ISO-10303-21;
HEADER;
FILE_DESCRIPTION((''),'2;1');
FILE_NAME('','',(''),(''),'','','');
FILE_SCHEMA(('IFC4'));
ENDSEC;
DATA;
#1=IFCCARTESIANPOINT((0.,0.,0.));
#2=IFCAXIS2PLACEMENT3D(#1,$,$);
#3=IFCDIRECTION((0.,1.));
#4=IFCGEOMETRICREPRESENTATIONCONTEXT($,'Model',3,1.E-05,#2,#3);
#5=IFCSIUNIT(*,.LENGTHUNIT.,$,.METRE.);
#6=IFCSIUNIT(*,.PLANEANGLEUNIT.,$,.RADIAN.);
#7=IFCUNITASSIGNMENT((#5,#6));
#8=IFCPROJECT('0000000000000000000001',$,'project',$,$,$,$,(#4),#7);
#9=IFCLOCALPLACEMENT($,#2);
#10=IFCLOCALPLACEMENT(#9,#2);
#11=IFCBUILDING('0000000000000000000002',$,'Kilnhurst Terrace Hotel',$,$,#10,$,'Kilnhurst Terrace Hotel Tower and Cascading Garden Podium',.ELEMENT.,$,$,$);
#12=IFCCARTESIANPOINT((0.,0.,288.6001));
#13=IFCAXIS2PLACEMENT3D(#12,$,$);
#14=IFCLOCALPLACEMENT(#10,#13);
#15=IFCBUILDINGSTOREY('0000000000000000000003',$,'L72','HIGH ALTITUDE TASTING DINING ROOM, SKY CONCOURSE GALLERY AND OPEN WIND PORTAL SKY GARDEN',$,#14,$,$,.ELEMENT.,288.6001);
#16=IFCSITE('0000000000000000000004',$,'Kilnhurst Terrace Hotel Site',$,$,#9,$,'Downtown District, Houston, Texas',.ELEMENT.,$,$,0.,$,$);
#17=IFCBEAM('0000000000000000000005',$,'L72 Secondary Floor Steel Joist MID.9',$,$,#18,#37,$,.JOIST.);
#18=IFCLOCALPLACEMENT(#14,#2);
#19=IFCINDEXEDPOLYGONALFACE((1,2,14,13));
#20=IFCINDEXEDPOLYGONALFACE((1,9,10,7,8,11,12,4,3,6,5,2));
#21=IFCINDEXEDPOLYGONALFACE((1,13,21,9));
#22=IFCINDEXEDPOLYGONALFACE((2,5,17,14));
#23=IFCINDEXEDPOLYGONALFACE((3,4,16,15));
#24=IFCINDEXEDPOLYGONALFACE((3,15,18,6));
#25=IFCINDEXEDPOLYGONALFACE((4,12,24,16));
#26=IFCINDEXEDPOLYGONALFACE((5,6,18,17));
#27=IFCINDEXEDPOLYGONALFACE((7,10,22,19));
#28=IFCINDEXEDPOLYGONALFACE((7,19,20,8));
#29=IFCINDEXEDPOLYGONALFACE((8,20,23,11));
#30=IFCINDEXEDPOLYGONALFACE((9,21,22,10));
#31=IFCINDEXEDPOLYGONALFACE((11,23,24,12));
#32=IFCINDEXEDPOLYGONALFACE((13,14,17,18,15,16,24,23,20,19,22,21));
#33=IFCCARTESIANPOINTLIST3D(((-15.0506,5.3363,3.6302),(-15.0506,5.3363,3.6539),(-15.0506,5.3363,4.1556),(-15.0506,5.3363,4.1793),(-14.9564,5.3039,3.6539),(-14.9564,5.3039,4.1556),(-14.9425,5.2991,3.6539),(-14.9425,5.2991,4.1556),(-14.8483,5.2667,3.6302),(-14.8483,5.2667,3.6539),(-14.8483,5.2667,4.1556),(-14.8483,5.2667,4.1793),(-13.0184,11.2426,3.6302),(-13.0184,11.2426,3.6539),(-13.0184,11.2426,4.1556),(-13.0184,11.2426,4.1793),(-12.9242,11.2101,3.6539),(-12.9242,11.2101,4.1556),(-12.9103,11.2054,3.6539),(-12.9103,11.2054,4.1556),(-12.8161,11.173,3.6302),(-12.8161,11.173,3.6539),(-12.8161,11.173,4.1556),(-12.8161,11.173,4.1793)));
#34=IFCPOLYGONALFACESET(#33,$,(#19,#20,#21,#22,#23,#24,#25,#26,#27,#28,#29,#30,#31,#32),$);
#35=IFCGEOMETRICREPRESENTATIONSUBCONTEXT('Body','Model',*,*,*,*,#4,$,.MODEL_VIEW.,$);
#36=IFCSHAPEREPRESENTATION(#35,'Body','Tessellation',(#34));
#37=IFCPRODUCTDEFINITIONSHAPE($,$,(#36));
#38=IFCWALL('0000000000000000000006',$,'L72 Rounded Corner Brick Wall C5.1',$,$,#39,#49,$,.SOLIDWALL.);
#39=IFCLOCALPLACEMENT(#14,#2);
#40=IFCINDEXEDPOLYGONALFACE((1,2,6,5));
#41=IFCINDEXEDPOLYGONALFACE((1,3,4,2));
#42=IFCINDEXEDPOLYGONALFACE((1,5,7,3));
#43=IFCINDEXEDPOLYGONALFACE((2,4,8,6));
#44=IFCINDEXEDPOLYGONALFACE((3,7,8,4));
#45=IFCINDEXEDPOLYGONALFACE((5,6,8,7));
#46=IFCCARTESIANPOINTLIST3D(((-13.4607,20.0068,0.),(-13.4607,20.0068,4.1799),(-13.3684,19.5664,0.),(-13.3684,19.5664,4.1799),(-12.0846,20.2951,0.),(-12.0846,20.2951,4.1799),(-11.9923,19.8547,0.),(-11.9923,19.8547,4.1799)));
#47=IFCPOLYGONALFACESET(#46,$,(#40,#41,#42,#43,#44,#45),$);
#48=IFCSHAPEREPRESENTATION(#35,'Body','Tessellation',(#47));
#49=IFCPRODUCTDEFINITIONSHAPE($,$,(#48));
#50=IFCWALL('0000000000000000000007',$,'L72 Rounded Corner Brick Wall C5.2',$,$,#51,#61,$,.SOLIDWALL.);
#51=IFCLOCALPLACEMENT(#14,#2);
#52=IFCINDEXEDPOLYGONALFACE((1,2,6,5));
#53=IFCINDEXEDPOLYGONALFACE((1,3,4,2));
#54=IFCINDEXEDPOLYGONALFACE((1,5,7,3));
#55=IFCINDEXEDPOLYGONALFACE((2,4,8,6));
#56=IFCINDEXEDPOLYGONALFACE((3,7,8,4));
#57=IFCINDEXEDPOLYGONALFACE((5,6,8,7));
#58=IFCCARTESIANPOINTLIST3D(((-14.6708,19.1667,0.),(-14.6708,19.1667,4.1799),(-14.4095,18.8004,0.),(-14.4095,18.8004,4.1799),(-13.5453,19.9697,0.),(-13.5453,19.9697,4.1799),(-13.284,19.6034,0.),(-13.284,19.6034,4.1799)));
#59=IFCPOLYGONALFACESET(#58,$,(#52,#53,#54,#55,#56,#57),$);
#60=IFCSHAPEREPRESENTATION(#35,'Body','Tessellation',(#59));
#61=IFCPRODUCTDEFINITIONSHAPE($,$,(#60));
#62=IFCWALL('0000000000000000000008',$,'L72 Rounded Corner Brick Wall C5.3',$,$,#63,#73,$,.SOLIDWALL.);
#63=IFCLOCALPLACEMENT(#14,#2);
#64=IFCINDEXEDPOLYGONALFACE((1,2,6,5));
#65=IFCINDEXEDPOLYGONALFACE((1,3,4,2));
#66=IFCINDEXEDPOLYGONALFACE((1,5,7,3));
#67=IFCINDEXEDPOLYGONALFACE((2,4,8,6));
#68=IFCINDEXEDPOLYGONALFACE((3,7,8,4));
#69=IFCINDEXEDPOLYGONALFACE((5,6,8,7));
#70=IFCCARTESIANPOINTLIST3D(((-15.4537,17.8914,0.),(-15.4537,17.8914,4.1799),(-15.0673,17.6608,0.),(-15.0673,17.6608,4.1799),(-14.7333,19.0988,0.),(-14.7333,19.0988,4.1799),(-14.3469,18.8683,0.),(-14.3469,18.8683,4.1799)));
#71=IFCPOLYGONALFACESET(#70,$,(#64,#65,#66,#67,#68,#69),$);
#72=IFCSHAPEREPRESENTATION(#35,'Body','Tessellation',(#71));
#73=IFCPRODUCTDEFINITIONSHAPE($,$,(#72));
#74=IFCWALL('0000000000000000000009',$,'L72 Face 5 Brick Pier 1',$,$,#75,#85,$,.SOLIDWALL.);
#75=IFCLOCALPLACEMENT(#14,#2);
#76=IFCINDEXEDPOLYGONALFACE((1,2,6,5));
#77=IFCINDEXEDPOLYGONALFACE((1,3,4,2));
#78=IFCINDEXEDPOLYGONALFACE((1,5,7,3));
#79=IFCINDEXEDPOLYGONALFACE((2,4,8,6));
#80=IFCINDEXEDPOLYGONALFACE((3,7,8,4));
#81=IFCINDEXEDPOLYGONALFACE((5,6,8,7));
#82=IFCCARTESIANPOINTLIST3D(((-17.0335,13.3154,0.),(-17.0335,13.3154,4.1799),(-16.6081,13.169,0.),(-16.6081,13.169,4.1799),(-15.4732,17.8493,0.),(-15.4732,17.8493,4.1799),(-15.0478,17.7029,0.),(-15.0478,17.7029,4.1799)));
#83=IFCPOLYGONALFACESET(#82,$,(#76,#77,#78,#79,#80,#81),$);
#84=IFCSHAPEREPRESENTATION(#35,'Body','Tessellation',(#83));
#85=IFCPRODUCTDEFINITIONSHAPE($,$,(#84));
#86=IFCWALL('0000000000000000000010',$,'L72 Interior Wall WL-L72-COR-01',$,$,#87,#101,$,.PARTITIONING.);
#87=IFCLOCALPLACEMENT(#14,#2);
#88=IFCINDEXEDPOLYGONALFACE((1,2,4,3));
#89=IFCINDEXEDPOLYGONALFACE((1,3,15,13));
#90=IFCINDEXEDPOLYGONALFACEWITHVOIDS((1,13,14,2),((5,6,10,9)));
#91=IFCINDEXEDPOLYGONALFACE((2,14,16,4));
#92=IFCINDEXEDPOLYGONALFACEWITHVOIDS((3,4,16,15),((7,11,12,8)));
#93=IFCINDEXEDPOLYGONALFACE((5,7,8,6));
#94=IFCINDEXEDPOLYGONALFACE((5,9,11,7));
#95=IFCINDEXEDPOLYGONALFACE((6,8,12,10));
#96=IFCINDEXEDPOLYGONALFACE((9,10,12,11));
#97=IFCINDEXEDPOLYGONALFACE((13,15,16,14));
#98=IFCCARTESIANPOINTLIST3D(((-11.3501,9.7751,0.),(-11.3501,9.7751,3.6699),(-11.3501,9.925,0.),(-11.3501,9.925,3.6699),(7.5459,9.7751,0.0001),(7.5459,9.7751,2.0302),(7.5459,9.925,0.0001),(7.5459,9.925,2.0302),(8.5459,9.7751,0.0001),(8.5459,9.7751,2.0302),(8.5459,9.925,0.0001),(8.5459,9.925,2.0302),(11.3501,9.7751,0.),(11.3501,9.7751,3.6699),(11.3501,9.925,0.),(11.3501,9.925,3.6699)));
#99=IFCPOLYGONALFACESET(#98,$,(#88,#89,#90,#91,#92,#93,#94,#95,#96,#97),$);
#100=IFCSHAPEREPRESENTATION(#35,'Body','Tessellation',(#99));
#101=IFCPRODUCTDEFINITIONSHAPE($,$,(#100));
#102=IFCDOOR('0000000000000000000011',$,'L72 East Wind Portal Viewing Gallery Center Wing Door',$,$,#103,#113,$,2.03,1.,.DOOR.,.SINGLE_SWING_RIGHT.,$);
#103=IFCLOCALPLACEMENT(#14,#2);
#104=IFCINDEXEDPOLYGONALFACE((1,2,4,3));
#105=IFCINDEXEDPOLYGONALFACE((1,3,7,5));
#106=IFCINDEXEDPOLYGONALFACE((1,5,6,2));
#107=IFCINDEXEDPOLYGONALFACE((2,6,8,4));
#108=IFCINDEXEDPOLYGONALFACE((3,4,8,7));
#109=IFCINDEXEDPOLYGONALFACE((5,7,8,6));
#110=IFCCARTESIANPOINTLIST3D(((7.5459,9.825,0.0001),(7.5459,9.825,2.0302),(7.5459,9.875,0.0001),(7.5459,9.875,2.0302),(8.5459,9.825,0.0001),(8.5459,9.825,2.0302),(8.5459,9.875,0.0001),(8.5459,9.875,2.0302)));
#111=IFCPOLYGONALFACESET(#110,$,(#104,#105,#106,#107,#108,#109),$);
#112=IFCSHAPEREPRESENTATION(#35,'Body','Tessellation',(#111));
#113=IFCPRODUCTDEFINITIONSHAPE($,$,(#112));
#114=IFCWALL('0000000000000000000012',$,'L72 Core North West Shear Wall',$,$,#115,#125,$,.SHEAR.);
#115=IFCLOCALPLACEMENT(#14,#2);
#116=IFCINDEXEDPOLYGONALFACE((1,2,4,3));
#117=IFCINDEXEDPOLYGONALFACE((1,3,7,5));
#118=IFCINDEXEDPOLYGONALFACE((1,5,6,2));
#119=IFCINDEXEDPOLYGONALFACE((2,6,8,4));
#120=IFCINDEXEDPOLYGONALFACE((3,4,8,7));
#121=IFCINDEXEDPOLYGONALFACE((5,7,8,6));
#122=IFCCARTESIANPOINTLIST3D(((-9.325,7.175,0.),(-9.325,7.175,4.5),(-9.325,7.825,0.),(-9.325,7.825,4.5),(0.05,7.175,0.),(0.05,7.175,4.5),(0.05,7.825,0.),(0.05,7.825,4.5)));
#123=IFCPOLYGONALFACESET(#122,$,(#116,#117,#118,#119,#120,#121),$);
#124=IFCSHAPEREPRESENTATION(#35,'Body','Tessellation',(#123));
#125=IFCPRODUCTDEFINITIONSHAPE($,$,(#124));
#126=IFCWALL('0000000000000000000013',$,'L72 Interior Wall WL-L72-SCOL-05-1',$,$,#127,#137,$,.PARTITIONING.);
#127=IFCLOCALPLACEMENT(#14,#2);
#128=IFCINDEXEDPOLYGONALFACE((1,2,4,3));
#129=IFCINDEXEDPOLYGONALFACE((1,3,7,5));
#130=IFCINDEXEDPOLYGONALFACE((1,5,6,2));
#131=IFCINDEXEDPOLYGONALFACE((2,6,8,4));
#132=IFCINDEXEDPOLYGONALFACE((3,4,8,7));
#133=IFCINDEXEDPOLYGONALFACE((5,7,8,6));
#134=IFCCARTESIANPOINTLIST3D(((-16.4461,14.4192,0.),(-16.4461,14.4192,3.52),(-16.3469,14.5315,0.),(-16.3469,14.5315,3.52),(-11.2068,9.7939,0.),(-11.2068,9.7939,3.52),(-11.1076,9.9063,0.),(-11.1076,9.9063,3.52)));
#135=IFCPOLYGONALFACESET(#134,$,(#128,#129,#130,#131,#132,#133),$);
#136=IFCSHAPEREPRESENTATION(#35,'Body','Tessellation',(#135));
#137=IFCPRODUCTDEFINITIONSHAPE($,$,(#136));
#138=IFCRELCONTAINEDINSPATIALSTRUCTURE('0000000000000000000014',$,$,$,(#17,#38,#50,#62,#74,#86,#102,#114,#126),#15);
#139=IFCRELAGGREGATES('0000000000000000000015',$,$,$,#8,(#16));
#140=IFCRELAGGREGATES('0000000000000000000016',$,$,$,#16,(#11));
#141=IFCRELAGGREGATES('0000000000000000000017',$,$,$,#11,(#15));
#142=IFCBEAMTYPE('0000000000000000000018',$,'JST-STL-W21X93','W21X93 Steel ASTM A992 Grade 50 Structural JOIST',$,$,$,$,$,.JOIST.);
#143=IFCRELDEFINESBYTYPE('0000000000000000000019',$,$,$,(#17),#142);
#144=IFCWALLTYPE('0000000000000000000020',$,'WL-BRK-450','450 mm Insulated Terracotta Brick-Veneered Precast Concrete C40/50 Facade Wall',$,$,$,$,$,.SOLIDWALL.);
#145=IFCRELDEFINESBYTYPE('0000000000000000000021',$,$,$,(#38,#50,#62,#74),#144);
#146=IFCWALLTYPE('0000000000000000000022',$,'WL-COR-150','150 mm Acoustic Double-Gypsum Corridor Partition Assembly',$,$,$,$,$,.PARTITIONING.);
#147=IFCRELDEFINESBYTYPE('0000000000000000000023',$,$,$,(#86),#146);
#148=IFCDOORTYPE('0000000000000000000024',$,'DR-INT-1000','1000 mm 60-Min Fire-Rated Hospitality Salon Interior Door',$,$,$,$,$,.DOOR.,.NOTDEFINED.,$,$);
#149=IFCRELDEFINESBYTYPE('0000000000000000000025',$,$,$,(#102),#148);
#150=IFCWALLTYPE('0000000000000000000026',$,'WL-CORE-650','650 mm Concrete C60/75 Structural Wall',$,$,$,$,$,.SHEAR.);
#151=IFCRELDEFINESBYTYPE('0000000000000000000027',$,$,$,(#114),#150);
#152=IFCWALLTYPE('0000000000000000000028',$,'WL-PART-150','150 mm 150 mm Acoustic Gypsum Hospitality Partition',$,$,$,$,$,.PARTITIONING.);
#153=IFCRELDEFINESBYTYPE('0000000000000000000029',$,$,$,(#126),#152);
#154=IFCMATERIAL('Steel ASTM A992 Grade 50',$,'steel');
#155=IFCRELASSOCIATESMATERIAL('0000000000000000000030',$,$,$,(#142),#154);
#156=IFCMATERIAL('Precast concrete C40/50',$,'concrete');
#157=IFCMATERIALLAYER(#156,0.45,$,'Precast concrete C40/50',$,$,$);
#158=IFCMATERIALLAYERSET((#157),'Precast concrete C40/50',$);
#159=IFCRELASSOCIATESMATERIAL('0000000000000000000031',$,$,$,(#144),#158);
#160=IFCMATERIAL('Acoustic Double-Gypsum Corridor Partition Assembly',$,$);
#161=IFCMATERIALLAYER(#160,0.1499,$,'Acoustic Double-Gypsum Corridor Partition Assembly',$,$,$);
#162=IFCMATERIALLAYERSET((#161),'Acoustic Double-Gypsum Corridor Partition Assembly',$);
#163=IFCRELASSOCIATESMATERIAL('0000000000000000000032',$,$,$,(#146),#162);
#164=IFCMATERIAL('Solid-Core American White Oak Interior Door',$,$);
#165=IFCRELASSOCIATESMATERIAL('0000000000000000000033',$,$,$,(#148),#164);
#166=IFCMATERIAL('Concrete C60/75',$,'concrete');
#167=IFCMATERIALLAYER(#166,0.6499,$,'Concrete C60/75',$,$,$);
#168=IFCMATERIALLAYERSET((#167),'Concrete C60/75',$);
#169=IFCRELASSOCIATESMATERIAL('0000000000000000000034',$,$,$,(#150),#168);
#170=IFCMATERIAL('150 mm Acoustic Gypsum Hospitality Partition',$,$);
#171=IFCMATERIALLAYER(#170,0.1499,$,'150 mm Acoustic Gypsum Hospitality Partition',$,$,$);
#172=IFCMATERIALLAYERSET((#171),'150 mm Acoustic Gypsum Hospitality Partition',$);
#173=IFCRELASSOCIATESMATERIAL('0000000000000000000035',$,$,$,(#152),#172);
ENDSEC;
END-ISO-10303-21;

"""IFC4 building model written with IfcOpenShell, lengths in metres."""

from ifc_helpers import new_model, si_unit, direction, frame, frame_2d, origin, origin_2d, place, context, subcontext, project, spatial, rectangle, i_section, extrude, material, layer, layer_set, material_profile, profile_set, type_object, element, fill, save


model = new_model("IFC4")

# Units and contexts
model_context = context("Model", 3, precision=1e-05, world=origin(), true_north=direction((0.0, 1.0)))
body_context = subcontext(model_context, "Body", "Model", "MODEL_VIEW")
ifc_project = project(units=[si_unit("LENGTHUNIT", "METRE"), si_unit("PLANEANGLEUNIT", "RADIAN")], contexts=[model_context])

# Site, building, storey
site_placement = place(None, origin())
site = spatial("IfcSite", under=ifc_project, at=site_placement, Name="Kilnhurst Terrace Hotel Site", LongName="Downtown District, Houston, Texas", CompositionType="ELEMENT", RefElevation=0.0)
building_placement = place(site_placement, origin())
building = spatial("IfcBuilding", under=site, at=building_placement, Name="Kilnhurst Terrace Hotel", LongName="Kilnhurst Terrace Hotel Tower and Cascading Garden Podium", CompositionType="ELEMENT")
storey_placement = place(building_placement, frame((0.0, 0.0, 288.6001)))
storey = spatial("IfcBuildingStorey", under=building, at=storey_placement, Name="L72", Description="HIGH ALTITUDE TASTING DINING ROOM, SKY CONCOURSE GALLERY AND OPEN WIND PORTAL SKY GARDEN", CompositionType="ELEMENT", Elevation=288.6001)

# Shared definitions
ifc_material_1 = material(Name="Concrete C60/75", Category="concrete")

# Beam
ifc_material_2 = material(Name="Steel ASTM A992 Grade 50", Category="steel")
ifc_material_profile_1 = material_profile(ifc_material_2, i_section(OverallWidth=0.2139, OverallDepth=0.5491, WebThickness=0.0146, FlangeThickness=0.0237, at=origin_2d()), Name="W21X93")
ifc_profile_set_1 = profile_set([ifc_material_profile_1], Name="Steel ASTM A992 Grade 50")
beam_type_1 = type_object("IfcBeamType", Name="JST-STL-W21X93", Description="W21X93 Steel ASTM A992 Grade 50 Structural JOIST", PredefinedType="JOIST", material=ifc_profile_set_1)
beam_1_placement = place(storey_placement, frame((-12.9172, 11.2078, 3.9048), z_axis=(-0.325359, -0.94559, 0.0), x_axis=(0.94559, -0.325359, 0.0)))
element("IfcBeam", 1, at=beam_1_placement, inside=storey, type_object=beam_type_1, Name="L72 Secondary Floor Steel Joist MID.9", PredefinedType="JOIST", context=body_context, shape_type="SweptSolid", body=[
    extrude(i_section(OverallWidth=0.2139, OverallDepth=0.5491, WebThickness=0.0146, FlangeThickness=0.0237, at=origin_2d()), origin(), (0.0, 0.0, 1.0), 6.2461),
])

# Walls
ifc_material_3 = material(Name="Precast concrete C40/50", Category="concrete")
ifc_layer_1 = layer(ifc_material_3, 0.45, Name="Precast concrete C40/50")
ifc_layer_set_1 = layer_set([ifc_layer_1], Name="Precast concrete C40/50")
wall_type_1 = type_object("IfcWallType", Name="WL-BRK-450", Description="450 mm Insulated Terracotta Brick-Veneered Precast Concrete C40/50 Facade Wall", PredefinedType="SOLIDWALL", material=ifc_layer_set_1)
wall_1_placement = place(storey_placement, frame((-12.0383, 20.075, 0.0), z_axis=(0.0, 0.0, 1.0), x_axis=(-0.97875, -0.205057, 0.0)))
element("IfcWall", 2, at=wall_1_placement, inside=storey, type_object=wall_type_1, Name="L72 Rounded Corner Brick Wall C5.1", PredefinedType="SOLIDWALL", context=body_context, shape_type="SweptSolid", body=[
    extrude(rectangle(XDim=1.406, YDim=0.45, at=frame_2d((0.7031, 0.0))), origin(), (0.0, 0.0, 1.0), 4.1799),
])
wall_2_placement = place(storey_placement, frame((-13.4146, 19.7866, 0.0), z_axis=(0.0, 0.0, 1.0), x_axis=(-0.814055, -0.580787, 0.0)))
element("IfcWall", 3, at=wall_2_placement, inside=storey, type_object=wall_type_1, Name="L72 Rounded Corner Brick Wall C5.2", PredefinedType="SOLIDWALL", context=body_context, shape_type="SweptSolid", body=[
    extrude(rectangle(XDim=1.3826, YDim=0.45, at=frame_2d((0.6914, 0.0))), origin(), (0.0, 0.0, 1.0), 4.1799),
])
wall_3_placement = place(storey_placement, frame((-14.54, 18.9836, 0.0), z_axis=(0.0, 0.0, 1.0), x_axis=(-0.512375, -0.858762, 0.0)))
element("IfcWall", 4, at=wall_3_placement, inside=storey, type_object=wall_type_1, Name="L72 Rounded Corner Brick Wall C5.3", PredefinedType="SOLIDWALL", context=body_context, shape_type="SweptSolid", body=[
    extrude(rectangle(XDim=1.406, YDim=0.45, at=frame_2d((0.7031, 0.0))), origin(), (0.0, 0.0, 1.0), 4.1799),
])
wall_4_placement = place(storey_placement, frame((-15.2605, 17.7761, 0.0), z_axis=(0.0, 0.0, 1.0), x_axis=(-0.325408, -0.945574, 0.0)))
element("IfcWall", 5, at=wall_4_placement, inside=storey, type_object=wall_type_1, Name="L72 Face 5 Brick Pier 1", PredefinedType="SOLIDWALL", context=body_context, shape_type="SweptSolid", body=[
    extrude(rectangle(XDim=4.7949, YDim=0.45, at=frame_2d((2.3975, 0.0))), origin(), (0.0, 0.0, 1.0), 4.1799),
])

# Wall, opening, door
ifc_material_4 = material(Name="Acoustic Double-Gypsum Corridor Partition Assembly")
ifc_layer_2 = layer(ifc_material_4, 0.1499, Name="Acoustic Double-Gypsum Corridor Partition Assembly")
ifc_layer_set_2 = layer_set([ifc_layer_2], Name="Acoustic Double-Gypsum Corridor Partition Assembly")
wall_type_2 = type_object("IfcWallType", Name="WL-COR-150", Description="150 mm Acoustic Double-Gypsum Corridor Partition Assembly", PredefinedType="PARTITIONING", material=ifc_layer_set_2)
wall_5_placement = place(storey_placement, frame((-11.3501, 9.8501, 0.0), z_axis=(0.0, 0.0, 1.0), x_axis=(1.0, 0.0, 0.0)))
wall_5 = element("IfcWall", 6, at=wall_5_placement, inside=storey, type_object=wall_type_2, Name="L72 Interior Wall WL-L72-COR-01", PredefinedType="PARTITIONING", context=body_context, shape_type="SweptSolid", body=[
    extrude(rectangle(XDim=22.7002, YDim=0.1499, at=frame_2d((11.3501, 0.0))), origin(), (0.0, 0.0, 1.0), 3.6699),
])
opening_placement = place(wall_5_placement, frame((18.896, 0.0, 0.0)))
opening = element("IfcOpeningElement", 7, at=opening_placement, cuts=wall_5, PredefinedType="OPENING", context=body_context, shape_type="SweptSolid", body=[
    extrude(rectangle(XDim=1.0, YDim=2.03, at=frame_2d((0.5, 1.0151))), frame((0.0, 0.085, 0.0), z_axis=(0.0, -1.0, 0.0), x_axis=(1.0, 0.0, 0.0)), (0.0, 0.0, 1.0), 0.1699),
])
ifc_material_5 = material(Name="Solid-Core American White Oak Interior Door")
door_type = type_object("IfcDoorType", Name="DR-INT-1000", Description="1000 mm 60-Min Fire-Rated Hospitality Salon Interior Door", OperationType="NOTDEFINED", PredefinedType="DOOR", material=ifc_material_5)
door_placement = place(opening_placement, origin())
door = element("IfcDoor", 8, at=door_placement, inside=storey, type_object=door_type, Name="L72 East Wind Portal Viewing Gallery Center Wing Door", OperationType="SINGLE_SWING_RIGHT", OverallHeight=2.03, OverallWidth=1.0, PredefinedType="DOOR", context=body_context, shape_type="SweptSolid", body=[
    extrude(rectangle(XDim=1.0, YDim=2.03, at=frame_2d((0.5, 1.0151))), frame((0.0, 0.0249, 0.0), z_axis=(0.0, -1.0, 0.0), x_axis=(1.0, 0.0, 0.0)), (0.0, 0.0, 1.0), 0.05),
])
fill(opening, door)

# Walls
ifc_layer_3 = layer(ifc_material_1, 0.6499, Name="Concrete C60/75")
ifc_layer_set_3 = layer_set([ifc_layer_3], Name="Concrete C60/75")
wall_type_3 = type_object("IfcWallType", Name="WL-CORE-650", Description="650 mm Concrete C60/75 Structural Wall", PredefinedType="SHEAR", material=ifc_layer_set_3)
wall_6_placement = place(storey_placement, frame((-9.325, 7.5, 0.0), z_axis=(0.0, 0.0, 1.0), x_axis=(1.0, 0.0, 0.0)))
element("IfcWall", 9, at=wall_6_placement, inside=storey, type_object=wall_type_3, Name="L72 Core North West Shear Wall", PredefinedType="SHEAR", context=body_context, shape_type="SweptSolid", body=[
    extrude(rectangle(XDim=9.375, YDim=0.6499, at=frame_2d((4.6875, 0.0))), origin(), (0.0, 0.0, 1.0), 4.5),
])
ifc_material_6 = material(Name="150 mm Acoustic Gypsum Hospitality Partition")
ifc_layer_4 = layer(ifc_material_6, 0.1499, Name="150 mm Acoustic Gypsum Hospitality Partition")
ifc_layer_set_4 = layer_set([ifc_layer_4], Name="150 mm Acoustic Gypsum Hospitality Partition")
wall_type_4 = type_object("IfcWallType", Name="WL-PART-150", Description="150 mm 150 mm Acoustic Gypsum Hospitality Partition", PredefinedType="PARTITIONING", material=ifc_layer_set_4)
wall_7_placement = place(storey_placement, frame((-11.1572, 9.8501, 0.0), z_axis=(0.0, 0.0, 1.0), x_axis=(-0.74967, 0.661812, 0.0)))
element("IfcWall", 10, at=wall_7_placement, inside=storey, type_object=wall_type_4, Name="L72 Interior Wall WL-L72-SCOL-05-1", PredefinedType="PARTITIONING", context=body_context, shape_type="SweptSolid", body=[
    extrude(rectangle(XDim=6.9888, YDim=0.1499, at=frame_2d((3.4944, 0.0))), origin(), (0.0, 0.0, 1.0), 3.52),
])

save(model, "model.ifc")
